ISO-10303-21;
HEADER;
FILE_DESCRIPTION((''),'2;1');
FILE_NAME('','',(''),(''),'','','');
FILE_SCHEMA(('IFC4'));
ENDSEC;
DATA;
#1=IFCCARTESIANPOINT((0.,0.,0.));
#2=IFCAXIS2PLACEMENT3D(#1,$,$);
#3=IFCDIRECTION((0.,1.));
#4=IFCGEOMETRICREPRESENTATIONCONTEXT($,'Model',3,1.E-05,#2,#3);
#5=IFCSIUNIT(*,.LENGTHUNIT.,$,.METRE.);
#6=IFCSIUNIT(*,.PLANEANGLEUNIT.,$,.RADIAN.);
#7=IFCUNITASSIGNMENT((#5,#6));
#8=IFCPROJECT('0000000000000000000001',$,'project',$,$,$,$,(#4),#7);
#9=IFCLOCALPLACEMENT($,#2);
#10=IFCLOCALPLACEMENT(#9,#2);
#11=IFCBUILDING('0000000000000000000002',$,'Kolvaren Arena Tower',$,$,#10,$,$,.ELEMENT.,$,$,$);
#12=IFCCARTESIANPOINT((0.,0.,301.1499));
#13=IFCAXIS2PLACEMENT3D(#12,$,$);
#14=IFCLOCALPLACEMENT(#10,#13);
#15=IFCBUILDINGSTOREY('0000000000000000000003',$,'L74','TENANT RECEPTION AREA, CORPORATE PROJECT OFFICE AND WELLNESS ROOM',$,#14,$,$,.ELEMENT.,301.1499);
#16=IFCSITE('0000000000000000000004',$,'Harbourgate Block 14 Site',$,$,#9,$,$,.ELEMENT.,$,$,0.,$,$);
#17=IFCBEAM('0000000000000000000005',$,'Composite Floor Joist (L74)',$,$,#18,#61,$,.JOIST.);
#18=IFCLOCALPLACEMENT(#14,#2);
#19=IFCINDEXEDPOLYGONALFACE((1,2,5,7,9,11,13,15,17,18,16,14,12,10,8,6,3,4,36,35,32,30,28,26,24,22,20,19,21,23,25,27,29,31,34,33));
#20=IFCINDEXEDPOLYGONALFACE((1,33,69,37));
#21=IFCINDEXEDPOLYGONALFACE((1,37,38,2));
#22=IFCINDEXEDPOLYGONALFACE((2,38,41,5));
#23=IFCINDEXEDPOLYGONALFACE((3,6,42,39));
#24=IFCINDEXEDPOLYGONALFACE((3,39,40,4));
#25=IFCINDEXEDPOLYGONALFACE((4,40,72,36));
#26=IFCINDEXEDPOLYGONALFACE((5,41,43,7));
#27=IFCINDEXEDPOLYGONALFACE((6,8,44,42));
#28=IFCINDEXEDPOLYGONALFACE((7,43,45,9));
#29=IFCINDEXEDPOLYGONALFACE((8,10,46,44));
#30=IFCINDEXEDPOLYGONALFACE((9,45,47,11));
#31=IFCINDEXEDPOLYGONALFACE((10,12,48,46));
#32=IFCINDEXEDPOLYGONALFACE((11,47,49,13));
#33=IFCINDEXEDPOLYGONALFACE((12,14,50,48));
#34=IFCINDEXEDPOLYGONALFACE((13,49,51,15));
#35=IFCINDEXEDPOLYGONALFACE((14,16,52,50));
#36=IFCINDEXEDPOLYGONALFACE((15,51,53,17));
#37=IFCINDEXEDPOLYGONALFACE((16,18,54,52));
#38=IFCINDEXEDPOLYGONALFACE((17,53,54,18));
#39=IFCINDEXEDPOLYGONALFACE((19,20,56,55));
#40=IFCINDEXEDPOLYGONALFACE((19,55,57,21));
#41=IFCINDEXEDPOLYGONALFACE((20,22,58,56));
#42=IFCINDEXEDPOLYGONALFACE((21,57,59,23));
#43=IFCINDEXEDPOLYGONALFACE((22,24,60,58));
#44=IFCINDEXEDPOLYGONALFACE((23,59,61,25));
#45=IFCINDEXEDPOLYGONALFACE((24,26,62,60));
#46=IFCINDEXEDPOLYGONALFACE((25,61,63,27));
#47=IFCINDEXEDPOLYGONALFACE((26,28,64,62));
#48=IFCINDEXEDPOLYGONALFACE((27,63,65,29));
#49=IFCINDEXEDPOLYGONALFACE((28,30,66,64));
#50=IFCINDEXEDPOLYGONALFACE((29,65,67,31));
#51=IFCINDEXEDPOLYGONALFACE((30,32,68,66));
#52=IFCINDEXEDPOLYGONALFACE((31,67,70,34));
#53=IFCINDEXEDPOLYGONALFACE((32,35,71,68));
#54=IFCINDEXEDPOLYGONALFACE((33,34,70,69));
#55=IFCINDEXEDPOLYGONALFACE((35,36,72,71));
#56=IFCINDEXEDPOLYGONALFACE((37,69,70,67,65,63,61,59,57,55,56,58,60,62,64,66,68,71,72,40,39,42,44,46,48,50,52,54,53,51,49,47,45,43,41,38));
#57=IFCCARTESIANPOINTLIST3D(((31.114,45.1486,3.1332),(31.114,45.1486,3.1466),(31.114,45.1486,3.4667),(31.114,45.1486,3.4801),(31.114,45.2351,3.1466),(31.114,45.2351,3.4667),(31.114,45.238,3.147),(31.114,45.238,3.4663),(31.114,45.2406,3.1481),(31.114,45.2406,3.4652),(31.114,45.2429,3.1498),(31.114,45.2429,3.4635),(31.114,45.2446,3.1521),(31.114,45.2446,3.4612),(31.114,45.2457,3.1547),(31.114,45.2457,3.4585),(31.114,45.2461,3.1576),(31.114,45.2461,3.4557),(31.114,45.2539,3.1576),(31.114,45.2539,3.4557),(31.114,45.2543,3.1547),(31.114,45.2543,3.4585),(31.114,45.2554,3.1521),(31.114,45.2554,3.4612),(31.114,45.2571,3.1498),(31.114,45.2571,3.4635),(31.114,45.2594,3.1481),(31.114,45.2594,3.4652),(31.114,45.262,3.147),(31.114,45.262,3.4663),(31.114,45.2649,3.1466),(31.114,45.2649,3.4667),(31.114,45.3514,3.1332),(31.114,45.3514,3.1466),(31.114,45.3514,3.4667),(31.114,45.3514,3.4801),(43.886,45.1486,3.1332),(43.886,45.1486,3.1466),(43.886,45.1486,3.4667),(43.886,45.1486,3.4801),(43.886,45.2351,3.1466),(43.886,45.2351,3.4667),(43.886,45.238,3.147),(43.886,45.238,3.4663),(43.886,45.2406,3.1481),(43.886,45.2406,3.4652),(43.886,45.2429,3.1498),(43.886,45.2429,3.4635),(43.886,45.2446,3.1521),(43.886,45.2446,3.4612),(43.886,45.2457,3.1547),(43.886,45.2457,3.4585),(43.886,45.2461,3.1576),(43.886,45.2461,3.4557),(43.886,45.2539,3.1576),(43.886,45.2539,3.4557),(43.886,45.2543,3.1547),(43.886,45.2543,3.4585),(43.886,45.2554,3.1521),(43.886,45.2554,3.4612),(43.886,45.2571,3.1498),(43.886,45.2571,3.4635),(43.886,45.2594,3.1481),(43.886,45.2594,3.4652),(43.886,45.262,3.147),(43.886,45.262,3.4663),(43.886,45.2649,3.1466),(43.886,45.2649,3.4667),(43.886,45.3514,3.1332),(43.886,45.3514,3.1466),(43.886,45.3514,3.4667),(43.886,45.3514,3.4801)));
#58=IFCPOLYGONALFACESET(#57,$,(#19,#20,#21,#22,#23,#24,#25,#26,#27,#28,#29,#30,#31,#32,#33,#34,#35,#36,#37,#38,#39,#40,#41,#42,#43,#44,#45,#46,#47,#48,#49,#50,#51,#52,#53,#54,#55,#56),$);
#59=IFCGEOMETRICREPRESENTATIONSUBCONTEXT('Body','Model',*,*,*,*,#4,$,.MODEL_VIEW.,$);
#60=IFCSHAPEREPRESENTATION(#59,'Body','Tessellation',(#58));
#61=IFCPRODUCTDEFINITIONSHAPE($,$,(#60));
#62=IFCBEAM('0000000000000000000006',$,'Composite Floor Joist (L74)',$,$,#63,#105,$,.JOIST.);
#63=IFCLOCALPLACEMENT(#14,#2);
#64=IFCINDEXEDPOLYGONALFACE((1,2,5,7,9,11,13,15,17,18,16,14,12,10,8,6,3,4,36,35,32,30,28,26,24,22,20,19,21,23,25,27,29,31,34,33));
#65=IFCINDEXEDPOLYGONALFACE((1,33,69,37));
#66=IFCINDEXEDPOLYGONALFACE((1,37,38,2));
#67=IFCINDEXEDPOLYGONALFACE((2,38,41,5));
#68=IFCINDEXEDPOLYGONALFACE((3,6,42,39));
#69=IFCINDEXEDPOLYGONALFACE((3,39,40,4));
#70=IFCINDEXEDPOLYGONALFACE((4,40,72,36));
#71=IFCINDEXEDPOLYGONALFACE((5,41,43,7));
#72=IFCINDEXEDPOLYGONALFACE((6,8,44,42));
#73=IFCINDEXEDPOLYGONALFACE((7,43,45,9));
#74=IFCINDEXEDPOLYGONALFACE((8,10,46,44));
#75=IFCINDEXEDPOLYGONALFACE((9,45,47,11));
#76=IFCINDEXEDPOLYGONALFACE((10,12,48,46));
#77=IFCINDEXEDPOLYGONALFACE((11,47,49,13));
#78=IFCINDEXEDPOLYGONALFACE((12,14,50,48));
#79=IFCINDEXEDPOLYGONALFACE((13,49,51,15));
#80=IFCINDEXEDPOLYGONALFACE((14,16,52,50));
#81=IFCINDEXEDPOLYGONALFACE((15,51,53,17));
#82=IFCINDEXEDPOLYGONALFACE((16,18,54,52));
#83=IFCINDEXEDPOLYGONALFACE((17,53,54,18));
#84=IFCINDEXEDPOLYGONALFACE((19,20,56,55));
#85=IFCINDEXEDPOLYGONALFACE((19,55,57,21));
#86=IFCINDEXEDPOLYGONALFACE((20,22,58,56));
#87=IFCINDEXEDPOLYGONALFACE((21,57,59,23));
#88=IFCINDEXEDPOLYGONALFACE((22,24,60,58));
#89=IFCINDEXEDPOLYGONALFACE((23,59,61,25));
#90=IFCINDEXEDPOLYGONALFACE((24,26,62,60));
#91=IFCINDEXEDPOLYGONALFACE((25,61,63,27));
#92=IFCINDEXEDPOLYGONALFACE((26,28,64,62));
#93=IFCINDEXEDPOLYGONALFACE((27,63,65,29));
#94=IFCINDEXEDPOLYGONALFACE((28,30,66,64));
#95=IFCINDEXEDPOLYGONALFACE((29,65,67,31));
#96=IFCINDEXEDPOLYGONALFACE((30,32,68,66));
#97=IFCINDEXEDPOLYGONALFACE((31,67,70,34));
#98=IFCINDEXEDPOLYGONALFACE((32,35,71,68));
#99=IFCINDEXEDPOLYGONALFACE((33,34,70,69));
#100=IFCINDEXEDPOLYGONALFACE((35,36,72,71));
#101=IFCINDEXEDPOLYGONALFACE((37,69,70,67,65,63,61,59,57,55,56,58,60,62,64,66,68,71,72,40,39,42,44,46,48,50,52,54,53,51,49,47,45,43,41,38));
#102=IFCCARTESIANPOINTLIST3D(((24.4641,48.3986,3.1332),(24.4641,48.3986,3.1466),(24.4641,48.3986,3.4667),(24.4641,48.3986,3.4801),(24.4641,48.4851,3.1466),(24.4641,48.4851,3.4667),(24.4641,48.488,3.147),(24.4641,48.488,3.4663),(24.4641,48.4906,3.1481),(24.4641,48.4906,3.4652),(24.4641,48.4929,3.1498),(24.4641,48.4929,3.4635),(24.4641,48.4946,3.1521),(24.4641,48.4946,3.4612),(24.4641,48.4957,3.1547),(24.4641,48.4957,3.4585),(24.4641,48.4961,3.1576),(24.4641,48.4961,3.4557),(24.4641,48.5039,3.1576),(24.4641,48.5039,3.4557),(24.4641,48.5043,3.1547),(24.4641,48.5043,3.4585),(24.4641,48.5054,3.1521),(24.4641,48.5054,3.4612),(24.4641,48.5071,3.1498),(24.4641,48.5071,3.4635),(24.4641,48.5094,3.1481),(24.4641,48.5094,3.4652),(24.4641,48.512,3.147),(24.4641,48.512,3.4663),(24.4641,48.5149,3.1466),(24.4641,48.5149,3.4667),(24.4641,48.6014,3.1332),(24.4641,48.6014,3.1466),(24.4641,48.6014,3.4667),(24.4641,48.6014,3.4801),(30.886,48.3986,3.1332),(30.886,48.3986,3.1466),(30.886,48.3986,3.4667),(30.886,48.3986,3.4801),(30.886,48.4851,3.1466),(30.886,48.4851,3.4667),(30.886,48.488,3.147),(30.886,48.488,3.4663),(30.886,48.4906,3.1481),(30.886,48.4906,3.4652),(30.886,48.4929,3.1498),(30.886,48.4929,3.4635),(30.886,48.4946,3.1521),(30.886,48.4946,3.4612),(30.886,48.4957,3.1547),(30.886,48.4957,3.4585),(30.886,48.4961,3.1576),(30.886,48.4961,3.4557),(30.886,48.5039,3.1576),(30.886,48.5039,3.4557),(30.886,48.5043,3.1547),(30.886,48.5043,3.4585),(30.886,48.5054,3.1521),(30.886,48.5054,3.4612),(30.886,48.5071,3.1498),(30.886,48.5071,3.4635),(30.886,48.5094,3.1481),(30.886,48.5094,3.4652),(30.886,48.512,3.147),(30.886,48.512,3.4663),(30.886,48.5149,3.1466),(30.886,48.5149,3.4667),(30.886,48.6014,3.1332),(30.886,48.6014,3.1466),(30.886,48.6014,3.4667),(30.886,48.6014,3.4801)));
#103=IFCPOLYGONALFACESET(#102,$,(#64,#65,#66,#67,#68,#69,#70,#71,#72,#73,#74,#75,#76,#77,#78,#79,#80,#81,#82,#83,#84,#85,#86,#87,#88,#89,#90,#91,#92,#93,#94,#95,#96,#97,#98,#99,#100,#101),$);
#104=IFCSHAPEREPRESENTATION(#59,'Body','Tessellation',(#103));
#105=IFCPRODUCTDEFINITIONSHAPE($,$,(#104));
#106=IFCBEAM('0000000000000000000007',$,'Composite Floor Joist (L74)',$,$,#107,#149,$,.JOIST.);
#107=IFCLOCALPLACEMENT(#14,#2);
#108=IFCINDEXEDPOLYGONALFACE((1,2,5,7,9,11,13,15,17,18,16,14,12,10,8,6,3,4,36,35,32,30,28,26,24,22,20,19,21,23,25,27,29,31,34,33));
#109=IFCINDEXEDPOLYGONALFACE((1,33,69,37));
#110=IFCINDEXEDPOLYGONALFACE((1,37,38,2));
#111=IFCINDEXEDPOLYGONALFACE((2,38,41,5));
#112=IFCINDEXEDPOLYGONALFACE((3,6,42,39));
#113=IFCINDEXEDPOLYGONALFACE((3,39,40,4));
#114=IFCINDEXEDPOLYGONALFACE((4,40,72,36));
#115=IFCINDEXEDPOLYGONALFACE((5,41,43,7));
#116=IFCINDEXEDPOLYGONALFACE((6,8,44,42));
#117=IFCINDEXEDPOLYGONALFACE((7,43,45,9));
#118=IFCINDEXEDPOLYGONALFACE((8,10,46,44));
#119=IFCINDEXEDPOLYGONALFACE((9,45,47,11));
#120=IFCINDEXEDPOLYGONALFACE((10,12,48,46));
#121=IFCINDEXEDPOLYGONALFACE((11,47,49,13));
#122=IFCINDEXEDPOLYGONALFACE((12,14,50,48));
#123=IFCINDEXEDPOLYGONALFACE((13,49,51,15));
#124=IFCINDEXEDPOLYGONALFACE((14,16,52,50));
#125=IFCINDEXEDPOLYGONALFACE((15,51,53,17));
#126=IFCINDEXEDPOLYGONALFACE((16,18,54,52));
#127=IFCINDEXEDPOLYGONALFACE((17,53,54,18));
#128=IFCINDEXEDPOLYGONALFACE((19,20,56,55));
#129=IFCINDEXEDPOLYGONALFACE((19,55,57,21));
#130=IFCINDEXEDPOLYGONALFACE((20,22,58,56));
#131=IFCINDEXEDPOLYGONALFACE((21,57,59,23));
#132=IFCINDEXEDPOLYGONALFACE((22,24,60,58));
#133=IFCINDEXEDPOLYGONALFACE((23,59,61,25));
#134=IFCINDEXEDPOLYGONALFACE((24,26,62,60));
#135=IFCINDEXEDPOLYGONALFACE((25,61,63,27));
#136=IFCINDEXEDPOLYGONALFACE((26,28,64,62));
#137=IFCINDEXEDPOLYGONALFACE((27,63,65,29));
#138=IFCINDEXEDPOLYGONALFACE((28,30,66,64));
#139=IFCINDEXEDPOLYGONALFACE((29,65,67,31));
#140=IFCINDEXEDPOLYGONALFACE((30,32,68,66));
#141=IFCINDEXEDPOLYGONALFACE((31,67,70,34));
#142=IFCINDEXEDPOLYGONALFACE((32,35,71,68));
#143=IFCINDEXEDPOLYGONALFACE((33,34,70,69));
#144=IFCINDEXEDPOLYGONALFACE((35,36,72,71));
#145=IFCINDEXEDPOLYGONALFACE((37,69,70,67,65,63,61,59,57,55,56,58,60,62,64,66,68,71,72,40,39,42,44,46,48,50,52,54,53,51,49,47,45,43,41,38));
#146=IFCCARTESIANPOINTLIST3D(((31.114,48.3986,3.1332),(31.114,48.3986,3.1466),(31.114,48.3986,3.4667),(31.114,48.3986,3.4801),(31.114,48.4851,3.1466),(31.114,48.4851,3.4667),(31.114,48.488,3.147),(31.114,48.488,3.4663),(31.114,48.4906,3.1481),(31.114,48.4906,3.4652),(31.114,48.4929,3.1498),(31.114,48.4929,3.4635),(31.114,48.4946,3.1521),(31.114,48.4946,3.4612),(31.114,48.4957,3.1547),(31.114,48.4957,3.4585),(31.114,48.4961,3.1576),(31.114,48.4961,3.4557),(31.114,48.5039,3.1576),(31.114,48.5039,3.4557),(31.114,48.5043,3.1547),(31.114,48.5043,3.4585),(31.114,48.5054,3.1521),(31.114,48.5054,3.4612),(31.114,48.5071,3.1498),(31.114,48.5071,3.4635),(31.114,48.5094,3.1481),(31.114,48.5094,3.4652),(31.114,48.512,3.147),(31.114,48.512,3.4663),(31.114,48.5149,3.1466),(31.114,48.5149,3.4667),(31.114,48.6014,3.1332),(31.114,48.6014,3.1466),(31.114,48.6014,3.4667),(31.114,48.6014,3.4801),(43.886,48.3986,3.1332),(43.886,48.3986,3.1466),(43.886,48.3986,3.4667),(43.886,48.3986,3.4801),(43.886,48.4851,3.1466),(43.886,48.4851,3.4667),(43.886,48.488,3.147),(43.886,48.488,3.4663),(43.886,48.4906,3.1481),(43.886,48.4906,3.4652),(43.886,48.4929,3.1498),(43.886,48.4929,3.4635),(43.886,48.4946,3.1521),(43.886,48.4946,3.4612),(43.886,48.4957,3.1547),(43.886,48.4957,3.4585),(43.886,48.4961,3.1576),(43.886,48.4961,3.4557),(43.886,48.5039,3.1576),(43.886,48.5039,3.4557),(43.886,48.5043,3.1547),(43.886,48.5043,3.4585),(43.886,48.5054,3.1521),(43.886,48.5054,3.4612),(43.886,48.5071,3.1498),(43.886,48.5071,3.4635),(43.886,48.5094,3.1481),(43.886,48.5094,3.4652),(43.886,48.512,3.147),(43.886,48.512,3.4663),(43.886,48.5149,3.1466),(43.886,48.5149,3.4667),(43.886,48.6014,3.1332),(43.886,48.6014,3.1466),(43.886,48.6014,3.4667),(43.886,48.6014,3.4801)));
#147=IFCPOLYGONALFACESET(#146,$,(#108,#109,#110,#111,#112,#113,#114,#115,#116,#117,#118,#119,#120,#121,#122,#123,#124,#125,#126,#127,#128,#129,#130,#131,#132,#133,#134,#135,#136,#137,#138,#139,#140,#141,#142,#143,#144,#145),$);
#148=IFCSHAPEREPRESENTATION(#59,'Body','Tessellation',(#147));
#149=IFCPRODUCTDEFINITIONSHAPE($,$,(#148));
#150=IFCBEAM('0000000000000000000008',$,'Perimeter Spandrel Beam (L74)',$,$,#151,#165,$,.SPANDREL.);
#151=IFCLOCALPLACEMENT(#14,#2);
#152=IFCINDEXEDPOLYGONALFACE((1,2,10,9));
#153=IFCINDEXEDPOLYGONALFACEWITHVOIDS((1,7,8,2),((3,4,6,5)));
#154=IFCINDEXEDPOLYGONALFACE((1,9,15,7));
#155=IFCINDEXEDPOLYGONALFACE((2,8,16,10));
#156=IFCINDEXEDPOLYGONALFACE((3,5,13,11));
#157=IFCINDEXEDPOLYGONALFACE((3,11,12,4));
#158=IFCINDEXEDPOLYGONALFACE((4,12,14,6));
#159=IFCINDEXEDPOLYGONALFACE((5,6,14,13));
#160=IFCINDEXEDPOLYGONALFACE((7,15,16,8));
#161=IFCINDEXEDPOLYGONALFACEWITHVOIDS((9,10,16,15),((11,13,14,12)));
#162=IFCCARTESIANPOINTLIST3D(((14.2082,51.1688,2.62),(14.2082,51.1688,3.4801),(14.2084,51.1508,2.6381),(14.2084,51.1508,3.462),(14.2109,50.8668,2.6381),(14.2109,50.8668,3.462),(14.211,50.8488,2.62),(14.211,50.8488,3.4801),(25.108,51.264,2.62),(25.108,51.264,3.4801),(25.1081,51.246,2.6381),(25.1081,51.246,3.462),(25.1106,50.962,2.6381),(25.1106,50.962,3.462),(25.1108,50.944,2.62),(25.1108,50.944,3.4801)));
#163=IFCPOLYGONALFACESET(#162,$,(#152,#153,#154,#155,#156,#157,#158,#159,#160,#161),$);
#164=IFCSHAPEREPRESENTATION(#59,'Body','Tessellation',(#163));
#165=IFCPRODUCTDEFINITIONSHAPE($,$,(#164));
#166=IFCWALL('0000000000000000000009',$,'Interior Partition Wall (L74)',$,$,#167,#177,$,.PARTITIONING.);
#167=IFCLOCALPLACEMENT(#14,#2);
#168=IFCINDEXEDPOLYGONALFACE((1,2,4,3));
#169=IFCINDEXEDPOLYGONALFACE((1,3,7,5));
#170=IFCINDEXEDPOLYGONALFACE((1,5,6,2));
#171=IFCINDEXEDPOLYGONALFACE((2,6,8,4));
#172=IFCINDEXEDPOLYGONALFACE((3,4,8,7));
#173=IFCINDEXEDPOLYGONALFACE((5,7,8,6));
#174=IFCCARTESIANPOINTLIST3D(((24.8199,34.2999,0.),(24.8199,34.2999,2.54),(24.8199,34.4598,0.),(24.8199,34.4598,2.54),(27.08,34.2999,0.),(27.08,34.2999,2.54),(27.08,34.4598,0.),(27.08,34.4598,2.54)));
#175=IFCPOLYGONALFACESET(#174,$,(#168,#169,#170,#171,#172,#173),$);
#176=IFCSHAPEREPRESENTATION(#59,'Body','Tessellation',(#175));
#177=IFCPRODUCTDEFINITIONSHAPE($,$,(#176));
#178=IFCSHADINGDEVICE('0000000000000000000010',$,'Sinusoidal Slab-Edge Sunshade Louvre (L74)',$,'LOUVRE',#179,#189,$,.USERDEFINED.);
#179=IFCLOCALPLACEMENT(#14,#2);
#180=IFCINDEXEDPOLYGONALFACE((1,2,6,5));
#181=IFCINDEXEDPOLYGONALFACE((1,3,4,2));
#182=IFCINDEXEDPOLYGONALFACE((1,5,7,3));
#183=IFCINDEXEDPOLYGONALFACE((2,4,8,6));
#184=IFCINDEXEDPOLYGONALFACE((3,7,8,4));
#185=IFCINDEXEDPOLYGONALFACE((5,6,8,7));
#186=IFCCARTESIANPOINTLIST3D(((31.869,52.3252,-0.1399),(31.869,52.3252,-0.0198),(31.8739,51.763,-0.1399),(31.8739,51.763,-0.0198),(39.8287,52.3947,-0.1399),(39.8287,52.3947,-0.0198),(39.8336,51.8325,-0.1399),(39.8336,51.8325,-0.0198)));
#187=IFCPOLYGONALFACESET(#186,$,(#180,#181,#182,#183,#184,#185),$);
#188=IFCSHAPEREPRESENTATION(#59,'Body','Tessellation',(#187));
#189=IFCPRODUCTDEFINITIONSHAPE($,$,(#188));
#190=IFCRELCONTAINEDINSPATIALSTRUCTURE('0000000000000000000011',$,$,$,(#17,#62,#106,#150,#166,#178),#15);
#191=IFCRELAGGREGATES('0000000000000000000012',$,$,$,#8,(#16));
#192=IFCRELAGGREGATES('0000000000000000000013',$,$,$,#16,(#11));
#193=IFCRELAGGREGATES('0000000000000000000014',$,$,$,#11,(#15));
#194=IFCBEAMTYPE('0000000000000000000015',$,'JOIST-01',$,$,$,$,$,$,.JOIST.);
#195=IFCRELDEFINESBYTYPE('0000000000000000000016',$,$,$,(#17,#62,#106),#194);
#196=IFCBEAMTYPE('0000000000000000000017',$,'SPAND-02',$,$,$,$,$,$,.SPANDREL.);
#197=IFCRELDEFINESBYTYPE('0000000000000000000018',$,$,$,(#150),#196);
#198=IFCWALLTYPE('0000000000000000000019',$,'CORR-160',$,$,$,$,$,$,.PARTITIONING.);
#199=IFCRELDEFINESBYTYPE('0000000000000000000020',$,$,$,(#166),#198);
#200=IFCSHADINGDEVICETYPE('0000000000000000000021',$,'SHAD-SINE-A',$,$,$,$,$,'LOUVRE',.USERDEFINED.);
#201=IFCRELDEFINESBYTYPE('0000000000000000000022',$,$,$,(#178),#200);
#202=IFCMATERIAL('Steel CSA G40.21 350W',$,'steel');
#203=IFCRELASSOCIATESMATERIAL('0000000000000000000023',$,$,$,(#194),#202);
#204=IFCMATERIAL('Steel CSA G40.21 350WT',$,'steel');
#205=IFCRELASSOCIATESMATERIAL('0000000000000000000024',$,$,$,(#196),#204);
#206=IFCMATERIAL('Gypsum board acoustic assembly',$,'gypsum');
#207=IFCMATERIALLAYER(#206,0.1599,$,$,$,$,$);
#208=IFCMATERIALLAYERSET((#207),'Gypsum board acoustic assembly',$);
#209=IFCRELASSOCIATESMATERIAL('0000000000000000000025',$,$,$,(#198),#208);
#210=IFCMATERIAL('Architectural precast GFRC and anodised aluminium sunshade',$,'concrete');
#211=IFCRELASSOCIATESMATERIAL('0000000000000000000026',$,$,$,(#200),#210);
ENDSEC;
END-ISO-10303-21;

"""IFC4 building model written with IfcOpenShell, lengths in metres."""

from ifc_helpers import new_model, si_unit, direction, frame, frame_2d, origin, origin_2d, place, context, subcontext, project, spatial, rectangle, hollow_rectangle, i_section, extrude, material, layer, layer_set, material_profile, profile_set, type_object, element, save


model = new_model("IFC4")

# Units and contexts
model_context = context("Model", 3, precision=1e-05, world=origin(), true_north=direction((0.0, 1.0)))
body_context = subcontext(model_context, "Body", "Model", "MODEL_VIEW")
ifc_project = project(units=[si_unit("LENGTHUNIT", "METRE"), si_unit("PLANEANGLEUNIT", "RADIAN")], contexts=[model_context])

# Site, building, storey
site_placement = place(None, origin())
site = spatial("IfcSite", under=ifc_project, at=site_placement, Name="Harbourgate Block 14 Site", CompositionType="ELEMENT", RefElevation=0.0)
building_placement = place(site_placement, origin())
building = spatial("IfcBuilding", under=site, at=building_placement, Name="Kolvaren Arena Tower", CompositionType="ELEMENT")
storey_placement = place(building_placement, frame((0.0, 0.0, 301.1499)))
storey = spatial("IfcBuildingStorey", under=building, at=storey_placement, Name="L74", Description="TENANT RECEPTION AREA, CORPORATE PROJECT OFFICE AND WELLNESS ROOM", CompositionType="ELEMENT", Elevation=301.1499)

# Beams
ifc_material_1 = material(Name="Steel CSA G40.21 350W", Category="steel")
ifc_material_profile_1 = material_profile(ifc_material_1, i_section(OverallWidth=0.2029, OverallDepth=0.3469, WebThickness=0.0078, FlangeThickness=0.0134, FilletRadius=0.011, at=origin_2d()), Name="W360x64")
ifc_profile_set_1 = profile_set([ifc_material_profile_1], Name="Steel CSA G40.21 350W")
beam_type_1 = type_object("IfcBeamType", Name="JOIST-01", PredefinedType="JOIST", material=ifc_profile_set_1)
beam_1_placement = place(storey_placement, frame((31.114, 45.25, 3.3066), z_axis=(1.0, 0.0, 0.0), x_axis=(0.0, 1.0, 0.0)))
element("IfcBeam", 1, at=beam_1_placement, inside=storey, type_object=beam_type_1, Name="Composite Floor Joist (L74)", PredefinedType="JOIST", context=body_context, shape_type="SweptSolid", body=[
    extrude(i_section(OverallWidth=0.2029, OverallDepth=0.3469, WebThickness=0.0078, FlangeThickness=0.0134, FilletRadius=0.011, at=origin_2d()), origin(), (0.0, 0.0, 1.0), 12.772),
])
beam_2_placement = place(storey_placement, frame((24.4641, 48.5, 3.3066), z_axis=(1.0, 0.0, 0.0), x_axis=(0.0, 1.0, 0.0)))
element("IfcBeam", 2, at=beam_2_placement, inside=storey, type_object=beam_type_1, Name="Composite Floor Joist (L74)", PredefinedType="JOIST", context=body_context, shape_type="SweptSolid", body=[
    extrude(i_section(OverallWidth=0.2029, OverallDepth=0.3469, WebThickness=0.0078, FlangeThickness=0.0134, FilletRadius=0.011, at=origin_2d()), origin(), (0.0, 0.0, 1.0), 6.4219),
])
beam_3_placement = place(storey_placement, frame((31.114, 48.5, 3.3066), z_axis=(1.0, 0.0, 0.0), x_axis=(0.0, 1.0, 0.0)))
element("IfcBeam", 3, at=beam_3_placement, inside=storey, type_object=beam_type_1, Name="Composite Floor Joist (L74)", PredefinedType="JOIST", context=body_context, shape_type="SweptSolid", body=[
    extrude(i_section(OverallWidth=0.2029, OverallDepth=0.3469, WebThickness=0.0078, FlangeThickness=0.0134, FilletRadius=0.011, at=origin_2d()), origin(), (0.0, 0.0, 1.0), 12.772),
])
ifc_material_2 = material(Name="Steel CSA G40.21 350WT", Category="steel")
ifc_material_profile_2 = material_profile(ifc_material_2, hollow_rectangle(XDim=0.3201, YDim=0.8601, WallThickness=0.0181, at=origin_2d()), Name="HSS 860x320x18")
ifc_profile_set_2 = profile_set([ifc_material_profile_2], Name="Steel CSA G40.21 350WT")
beam_type_2 = type_object("IfcBeamType", Name="SPAND-02", PredefinedType="SPANDREL", material=ifc_profile_set_2)
beam_4_placement = place(storey_placement, frame((25.1094, 51.104, 3.05), z_axis=(-0.999962, -0.008735, 0.0), x_axis=(0.008735, -0.999962, 0.0)))
element("IfcBeam", 4, at=beam_4_placement, inside=storey, type_object=beam_type_2, Name="Perimeter Spandrel Beam (L74)", PredefinedType="SPANDREL", context=body_context, shape_type="SweptSolid", body=[
    extrude(hollow_rectangle(XDim=0.3201, YDim=0.8601, WallThickness=0.0181, at=origin_2d()), origin(), (0.0, 0.0, 1.0), 10.9001),
])

# Wall
ifc_material_3 = material(Name="Gypsum board acoustic assembly", Category="gypsum")
ifc_layer = layer(ifc_material_3, 0.1599)
ifc_layer_set = layer_set([ifc_layer], Name="Gypsum board acoustic assembly")
wall_type = type_object("IfcWallType", Name="CORR-160", PredefinedType="PARTITIONING", material=ifc_layer_set)
wall_placement = place(storey_placement, frame((24.8201, 34.3799, 0.0), z_axis=(0.0, 0.0, 1.0), x_axis=(1.0, 0.0, 0.0)))
element("IfcWall", 5, at=wall_placement, inside=storey, type_object=wall_type, Name="Interior Partition Wall (L74)", PredefinedType="PARTITIONING", context=body_context, shape_type="SweptSolid", body=[
    extrude(rectangle(XDim=2.26, YDim=0.1599, at=frame_2d((1.1299, 0.0))), origin(), (0.0, 0.0, 1.0), 2.54),
])

# Shading device
ifc_material_4 = material(Name="Architectural precast GFRC and anodised aluminium sunshade", Category="concrete")
shading_device_type_1 = type_object("IfcShadingDeviceType", Name="SHAD-SINE-A", ElementType="LOUVRE", PredefinedType="USERDEFINED", material=ifc_material_4)
shading_device_1_placement = place(storey_placement, frame((35.8513, 52.0789, -0.1399), z_axis=(0.0, 0.0, 1.0), x_axis=(0.999962, 0.008727, 0.0)))
element("IfcShadingDevice", 6, at=shading_device_1_placement, inside=storey, type_object=shading_device_type_1, Name="Sinusoidal Slab-Edge Sunshade Louvre (L74)", ObjectType="LOUVRE", PredefinedType="USERDEFINED", context=body_context, shape_type="SweptSolid", body=[
    extrude(rectangle(XDim=7.96, YDim=0.5623, at=origin_2d()), origin(), (0.0, 0.0, 1.0), 0.1201),
])

save(model, "model.ifc")
